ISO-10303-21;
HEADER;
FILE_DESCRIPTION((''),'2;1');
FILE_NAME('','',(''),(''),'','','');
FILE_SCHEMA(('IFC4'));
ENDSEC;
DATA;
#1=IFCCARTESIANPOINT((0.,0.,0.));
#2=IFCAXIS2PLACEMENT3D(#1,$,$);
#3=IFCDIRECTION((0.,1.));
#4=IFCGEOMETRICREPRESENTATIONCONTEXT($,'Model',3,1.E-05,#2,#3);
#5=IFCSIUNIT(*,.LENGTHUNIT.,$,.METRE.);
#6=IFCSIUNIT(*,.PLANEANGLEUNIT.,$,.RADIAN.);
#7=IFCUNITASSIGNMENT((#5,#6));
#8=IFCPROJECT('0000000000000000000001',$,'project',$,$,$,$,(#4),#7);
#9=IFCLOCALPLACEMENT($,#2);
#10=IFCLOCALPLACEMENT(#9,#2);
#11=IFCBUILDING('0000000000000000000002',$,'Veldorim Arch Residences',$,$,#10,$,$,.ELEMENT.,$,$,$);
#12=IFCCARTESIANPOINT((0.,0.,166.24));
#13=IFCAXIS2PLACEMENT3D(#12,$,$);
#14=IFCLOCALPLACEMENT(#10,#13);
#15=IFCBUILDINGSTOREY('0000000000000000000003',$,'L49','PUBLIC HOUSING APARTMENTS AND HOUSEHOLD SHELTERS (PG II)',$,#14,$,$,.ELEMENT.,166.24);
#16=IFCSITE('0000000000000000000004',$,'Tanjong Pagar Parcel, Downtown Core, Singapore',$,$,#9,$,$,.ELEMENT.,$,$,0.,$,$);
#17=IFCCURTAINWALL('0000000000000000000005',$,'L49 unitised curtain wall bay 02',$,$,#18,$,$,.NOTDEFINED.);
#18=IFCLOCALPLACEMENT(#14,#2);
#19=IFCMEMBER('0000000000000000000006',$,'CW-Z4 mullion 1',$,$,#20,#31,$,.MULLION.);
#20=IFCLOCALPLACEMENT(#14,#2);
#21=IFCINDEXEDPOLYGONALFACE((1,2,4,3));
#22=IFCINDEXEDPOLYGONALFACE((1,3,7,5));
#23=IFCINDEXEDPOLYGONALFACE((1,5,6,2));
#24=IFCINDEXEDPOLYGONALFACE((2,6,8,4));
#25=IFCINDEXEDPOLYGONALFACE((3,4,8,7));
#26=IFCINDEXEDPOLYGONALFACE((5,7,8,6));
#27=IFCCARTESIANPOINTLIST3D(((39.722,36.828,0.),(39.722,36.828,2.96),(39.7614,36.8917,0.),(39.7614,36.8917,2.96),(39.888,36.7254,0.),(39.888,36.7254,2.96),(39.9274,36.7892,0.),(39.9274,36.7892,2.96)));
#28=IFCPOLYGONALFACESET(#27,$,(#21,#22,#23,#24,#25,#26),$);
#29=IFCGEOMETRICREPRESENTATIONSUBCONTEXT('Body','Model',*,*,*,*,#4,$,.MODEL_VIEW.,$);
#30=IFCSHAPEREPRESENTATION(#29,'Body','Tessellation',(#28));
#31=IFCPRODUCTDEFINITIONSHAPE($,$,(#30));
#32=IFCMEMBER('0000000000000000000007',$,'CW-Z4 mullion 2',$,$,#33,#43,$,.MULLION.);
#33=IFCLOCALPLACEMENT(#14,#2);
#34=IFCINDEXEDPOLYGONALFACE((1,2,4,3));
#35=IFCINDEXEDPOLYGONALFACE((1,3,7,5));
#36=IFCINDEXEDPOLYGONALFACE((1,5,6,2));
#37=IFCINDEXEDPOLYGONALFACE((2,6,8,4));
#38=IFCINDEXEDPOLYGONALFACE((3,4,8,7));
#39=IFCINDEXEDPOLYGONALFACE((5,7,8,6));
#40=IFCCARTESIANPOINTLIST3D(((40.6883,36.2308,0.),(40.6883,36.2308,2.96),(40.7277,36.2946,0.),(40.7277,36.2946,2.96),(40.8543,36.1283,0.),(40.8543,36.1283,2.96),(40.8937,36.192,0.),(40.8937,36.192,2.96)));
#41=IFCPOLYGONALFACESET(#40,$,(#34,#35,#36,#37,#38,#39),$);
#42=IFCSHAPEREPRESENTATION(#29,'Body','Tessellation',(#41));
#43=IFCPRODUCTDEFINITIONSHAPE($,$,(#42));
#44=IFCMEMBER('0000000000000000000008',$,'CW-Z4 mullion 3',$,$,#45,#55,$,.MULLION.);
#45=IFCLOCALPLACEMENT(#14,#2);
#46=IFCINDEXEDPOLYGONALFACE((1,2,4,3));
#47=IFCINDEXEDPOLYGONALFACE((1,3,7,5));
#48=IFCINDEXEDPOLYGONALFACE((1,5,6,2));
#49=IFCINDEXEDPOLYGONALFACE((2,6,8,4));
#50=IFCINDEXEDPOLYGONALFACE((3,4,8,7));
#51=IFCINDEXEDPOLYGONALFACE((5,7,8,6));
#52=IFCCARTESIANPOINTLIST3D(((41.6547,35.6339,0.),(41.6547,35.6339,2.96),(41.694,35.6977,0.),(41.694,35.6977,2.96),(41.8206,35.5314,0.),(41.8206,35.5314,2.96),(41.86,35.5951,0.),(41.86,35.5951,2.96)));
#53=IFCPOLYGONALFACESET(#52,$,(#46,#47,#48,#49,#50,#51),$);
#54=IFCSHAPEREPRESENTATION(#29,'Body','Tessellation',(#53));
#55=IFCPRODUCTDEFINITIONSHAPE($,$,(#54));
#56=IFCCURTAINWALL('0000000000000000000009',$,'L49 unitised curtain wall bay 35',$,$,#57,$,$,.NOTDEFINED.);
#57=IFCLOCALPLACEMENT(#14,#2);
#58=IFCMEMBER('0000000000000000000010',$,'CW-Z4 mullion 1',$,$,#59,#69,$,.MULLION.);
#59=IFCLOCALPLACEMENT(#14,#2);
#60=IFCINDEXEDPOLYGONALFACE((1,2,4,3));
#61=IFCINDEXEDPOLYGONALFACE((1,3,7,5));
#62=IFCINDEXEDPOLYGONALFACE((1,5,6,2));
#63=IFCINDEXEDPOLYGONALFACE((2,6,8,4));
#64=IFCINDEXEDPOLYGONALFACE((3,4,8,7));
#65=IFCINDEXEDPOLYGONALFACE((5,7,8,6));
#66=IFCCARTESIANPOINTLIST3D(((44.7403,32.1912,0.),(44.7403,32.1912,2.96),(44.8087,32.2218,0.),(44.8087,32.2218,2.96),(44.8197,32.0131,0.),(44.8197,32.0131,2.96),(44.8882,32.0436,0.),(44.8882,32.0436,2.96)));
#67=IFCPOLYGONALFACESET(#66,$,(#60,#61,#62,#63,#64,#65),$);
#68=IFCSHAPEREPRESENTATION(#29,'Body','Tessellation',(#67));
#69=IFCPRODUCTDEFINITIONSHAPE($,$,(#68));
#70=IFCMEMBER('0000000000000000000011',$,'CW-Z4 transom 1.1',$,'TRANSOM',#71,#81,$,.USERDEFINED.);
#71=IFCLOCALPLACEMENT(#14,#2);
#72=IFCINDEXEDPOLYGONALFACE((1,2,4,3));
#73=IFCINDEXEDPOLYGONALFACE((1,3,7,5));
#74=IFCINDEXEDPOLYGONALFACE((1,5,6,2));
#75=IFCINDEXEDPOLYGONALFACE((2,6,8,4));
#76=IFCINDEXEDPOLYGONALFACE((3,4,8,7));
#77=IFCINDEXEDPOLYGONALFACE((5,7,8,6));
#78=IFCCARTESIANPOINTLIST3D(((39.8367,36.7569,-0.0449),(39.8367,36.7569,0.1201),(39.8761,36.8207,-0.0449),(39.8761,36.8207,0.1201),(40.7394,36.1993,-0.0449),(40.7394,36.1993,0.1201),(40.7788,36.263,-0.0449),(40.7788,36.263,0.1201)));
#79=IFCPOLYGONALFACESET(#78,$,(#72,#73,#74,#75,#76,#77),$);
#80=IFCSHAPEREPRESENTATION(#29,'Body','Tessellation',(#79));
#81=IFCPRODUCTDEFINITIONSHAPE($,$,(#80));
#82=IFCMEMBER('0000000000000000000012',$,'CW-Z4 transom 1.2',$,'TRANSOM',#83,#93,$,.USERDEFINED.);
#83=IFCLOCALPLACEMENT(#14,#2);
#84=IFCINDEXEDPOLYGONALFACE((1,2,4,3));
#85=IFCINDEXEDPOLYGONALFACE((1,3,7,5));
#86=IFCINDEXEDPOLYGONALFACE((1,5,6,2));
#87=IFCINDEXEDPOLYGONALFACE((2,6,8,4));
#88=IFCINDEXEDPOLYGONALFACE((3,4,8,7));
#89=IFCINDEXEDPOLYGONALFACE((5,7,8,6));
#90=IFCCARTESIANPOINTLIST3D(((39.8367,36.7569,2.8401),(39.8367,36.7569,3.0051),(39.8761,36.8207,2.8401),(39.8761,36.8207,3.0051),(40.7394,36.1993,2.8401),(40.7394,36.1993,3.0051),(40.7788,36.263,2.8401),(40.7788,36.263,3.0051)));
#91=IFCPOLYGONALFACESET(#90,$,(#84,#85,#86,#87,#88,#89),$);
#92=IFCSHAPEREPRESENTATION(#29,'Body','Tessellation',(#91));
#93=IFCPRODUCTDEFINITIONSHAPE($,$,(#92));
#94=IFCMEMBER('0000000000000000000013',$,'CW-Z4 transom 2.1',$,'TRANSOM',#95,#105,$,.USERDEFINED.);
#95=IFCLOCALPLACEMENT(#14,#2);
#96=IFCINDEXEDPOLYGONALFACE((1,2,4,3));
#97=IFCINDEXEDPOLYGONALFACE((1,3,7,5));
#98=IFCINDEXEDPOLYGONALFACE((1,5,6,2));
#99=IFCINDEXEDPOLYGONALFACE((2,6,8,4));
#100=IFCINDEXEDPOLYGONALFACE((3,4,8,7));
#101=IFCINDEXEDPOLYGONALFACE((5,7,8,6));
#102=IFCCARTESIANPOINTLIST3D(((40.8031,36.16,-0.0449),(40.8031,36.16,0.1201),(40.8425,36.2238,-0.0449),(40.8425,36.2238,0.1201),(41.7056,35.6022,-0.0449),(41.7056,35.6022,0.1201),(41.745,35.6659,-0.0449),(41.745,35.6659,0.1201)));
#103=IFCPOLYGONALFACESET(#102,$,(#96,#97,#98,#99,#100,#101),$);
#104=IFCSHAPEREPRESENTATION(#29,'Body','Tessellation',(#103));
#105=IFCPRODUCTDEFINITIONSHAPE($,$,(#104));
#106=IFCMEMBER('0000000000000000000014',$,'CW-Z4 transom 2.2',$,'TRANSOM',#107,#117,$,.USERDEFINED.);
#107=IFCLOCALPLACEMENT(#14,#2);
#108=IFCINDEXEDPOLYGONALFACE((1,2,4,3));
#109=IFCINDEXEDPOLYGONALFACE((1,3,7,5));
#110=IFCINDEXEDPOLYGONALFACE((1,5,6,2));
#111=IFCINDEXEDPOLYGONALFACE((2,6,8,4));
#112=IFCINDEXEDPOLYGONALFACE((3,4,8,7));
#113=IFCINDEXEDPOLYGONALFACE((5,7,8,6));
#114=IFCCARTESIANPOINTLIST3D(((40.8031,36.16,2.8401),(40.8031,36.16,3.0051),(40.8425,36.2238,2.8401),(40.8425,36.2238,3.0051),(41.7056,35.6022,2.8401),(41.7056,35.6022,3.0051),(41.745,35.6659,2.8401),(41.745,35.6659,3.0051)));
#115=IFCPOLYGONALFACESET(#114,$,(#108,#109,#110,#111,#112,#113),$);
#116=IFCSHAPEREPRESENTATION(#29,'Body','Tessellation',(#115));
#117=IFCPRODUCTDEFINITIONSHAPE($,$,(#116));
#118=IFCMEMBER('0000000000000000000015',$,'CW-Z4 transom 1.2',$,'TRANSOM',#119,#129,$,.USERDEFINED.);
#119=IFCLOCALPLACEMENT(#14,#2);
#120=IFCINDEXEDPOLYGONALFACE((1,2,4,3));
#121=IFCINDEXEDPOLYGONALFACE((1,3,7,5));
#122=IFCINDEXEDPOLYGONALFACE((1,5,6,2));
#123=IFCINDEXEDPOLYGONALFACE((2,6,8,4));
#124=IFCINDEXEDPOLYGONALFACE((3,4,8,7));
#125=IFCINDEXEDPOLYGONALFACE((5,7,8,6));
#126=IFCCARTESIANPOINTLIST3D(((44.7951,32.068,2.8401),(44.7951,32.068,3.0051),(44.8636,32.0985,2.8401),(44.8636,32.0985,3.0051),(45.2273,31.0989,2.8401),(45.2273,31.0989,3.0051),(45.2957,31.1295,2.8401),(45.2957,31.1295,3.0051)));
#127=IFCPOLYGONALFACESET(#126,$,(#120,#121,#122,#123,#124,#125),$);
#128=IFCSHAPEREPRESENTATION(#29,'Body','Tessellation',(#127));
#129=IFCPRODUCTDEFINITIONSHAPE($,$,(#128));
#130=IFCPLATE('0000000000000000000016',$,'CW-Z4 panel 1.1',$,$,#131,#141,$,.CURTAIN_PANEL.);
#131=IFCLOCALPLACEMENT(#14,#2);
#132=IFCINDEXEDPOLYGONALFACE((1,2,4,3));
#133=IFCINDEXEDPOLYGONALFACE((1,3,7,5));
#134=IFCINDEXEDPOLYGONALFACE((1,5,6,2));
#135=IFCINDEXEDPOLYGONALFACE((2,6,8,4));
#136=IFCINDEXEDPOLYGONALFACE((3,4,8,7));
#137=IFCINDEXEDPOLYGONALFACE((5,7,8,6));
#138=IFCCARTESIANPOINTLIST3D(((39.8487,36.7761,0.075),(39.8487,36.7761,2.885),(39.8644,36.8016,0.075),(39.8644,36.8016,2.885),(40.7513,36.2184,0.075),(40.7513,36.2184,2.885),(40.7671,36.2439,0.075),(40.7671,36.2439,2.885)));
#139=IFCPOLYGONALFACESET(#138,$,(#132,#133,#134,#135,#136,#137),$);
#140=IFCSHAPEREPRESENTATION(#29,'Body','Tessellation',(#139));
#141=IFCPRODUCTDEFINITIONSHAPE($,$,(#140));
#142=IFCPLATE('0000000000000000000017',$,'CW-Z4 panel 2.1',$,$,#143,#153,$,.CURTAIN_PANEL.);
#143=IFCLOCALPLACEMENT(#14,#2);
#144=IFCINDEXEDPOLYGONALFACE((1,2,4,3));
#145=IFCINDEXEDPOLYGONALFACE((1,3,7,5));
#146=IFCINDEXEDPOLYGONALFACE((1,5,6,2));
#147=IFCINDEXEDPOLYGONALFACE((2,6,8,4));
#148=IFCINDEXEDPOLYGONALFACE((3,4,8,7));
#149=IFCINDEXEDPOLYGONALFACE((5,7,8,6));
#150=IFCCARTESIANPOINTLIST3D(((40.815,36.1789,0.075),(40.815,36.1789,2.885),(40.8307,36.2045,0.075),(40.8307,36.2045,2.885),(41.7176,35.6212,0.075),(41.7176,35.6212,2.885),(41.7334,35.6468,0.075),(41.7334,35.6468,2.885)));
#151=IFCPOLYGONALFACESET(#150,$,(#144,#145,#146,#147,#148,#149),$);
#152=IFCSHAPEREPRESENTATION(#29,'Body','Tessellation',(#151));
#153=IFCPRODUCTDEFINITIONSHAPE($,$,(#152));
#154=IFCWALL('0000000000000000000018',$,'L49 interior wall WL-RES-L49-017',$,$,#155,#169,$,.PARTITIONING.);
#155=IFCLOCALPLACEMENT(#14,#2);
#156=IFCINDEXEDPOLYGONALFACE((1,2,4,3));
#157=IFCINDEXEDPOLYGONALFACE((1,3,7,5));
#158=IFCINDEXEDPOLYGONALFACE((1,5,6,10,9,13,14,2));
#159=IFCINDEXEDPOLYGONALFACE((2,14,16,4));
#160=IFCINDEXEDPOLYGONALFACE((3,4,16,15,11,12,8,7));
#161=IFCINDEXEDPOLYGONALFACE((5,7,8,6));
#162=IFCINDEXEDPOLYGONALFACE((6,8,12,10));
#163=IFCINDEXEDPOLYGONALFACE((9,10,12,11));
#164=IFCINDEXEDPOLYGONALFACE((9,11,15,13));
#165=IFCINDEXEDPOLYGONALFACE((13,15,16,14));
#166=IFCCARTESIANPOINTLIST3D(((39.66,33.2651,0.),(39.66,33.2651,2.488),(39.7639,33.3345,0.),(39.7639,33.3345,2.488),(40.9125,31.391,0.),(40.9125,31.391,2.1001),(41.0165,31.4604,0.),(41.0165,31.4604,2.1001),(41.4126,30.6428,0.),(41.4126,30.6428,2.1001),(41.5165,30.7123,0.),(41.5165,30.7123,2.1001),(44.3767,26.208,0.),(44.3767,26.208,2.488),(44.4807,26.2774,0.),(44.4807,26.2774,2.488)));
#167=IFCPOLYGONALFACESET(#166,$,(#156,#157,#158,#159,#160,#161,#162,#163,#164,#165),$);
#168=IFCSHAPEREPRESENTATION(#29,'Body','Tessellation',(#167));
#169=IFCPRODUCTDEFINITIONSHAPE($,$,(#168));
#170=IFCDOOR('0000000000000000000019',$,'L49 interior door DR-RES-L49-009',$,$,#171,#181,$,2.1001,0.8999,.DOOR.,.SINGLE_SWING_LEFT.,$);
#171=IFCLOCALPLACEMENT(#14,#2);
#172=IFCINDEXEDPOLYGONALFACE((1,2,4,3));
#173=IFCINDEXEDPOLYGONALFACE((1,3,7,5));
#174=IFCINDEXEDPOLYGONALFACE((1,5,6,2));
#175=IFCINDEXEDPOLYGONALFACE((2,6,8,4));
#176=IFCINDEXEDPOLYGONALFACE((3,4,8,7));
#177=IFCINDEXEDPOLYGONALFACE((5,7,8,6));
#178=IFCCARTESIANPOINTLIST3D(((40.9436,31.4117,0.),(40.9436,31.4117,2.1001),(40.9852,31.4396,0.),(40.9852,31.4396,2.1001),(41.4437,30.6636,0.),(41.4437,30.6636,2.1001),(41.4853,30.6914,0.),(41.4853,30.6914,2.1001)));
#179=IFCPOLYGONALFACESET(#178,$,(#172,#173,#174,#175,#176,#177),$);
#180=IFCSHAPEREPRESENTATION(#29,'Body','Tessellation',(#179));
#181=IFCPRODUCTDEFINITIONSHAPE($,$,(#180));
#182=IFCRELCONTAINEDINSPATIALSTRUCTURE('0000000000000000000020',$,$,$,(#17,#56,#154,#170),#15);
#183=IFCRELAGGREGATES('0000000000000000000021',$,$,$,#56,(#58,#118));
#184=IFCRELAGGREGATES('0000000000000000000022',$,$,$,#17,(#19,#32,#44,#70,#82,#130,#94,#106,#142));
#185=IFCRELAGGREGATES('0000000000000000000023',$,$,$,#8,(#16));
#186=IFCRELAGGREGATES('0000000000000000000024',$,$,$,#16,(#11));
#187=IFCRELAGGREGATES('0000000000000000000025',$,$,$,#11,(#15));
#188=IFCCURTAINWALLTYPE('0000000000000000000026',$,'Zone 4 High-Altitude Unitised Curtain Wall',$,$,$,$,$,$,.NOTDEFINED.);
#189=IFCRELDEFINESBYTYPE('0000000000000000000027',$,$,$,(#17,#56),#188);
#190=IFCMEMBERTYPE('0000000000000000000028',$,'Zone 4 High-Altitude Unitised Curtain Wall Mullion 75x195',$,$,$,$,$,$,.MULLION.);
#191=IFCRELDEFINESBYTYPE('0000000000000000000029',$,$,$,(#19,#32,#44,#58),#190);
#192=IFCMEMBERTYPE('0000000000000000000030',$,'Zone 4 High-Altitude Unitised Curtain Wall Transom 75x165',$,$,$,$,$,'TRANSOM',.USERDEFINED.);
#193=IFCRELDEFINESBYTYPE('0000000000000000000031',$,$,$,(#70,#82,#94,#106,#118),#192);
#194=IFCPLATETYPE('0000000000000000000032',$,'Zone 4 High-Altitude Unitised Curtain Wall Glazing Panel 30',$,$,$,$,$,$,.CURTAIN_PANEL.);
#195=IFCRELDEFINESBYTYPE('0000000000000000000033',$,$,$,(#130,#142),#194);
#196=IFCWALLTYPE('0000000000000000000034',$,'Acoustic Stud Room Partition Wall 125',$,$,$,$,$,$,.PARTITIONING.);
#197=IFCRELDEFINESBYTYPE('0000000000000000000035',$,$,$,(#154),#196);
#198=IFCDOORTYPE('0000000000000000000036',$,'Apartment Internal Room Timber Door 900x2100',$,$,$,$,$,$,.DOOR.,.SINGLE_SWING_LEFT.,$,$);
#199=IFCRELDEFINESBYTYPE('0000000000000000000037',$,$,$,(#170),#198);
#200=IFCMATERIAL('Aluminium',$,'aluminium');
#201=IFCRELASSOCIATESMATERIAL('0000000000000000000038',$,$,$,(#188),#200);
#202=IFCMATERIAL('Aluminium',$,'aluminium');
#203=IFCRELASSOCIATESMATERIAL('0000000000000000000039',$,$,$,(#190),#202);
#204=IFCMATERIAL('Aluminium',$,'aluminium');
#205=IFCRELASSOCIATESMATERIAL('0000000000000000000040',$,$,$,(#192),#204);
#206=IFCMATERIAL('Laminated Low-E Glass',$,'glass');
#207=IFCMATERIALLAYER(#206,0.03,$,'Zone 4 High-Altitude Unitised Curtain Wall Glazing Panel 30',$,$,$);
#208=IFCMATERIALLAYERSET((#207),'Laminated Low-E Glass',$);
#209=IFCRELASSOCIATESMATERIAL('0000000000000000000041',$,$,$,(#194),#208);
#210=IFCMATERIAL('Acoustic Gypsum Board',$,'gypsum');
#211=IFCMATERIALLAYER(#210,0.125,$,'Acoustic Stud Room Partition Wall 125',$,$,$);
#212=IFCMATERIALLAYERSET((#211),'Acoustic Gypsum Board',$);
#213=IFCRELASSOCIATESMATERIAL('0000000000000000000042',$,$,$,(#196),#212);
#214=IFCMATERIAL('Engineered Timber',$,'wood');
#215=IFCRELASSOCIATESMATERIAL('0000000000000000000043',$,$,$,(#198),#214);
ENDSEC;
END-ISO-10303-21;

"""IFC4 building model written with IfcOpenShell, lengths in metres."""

from ifc_helpers import new_model, si_unit, direction, frame, frame_2d, origin, origin_2d, place, context, subcontext, project, spatial, rectangle, extrude, material, layer, layer_set, material_profile, profile_set, type_object, element, fill, aggregate, save


model = new_model("IFC4")

# Units and contexts
model_context = context("Model", 3, precision=1e-05, world=origin(), true_north=direction((0.0, 1.0)))
body_context = subcontext(model_context, "Body", "Model", "MODEL_VIEW")
ifc_project = project(units=[si_unit("LENGTHUNIT", "METRE"), si_unit("PLANEANGLEUNIT", "RADIAN")], contexts=[model_context])

# Site, building, storey
site_placement = place(None, origin())
site = spatial("IfcSite", under=ifc_project, at=site_placement, Name="Tanjong Pagar Parcel, Downtown Core, Singapore", CompositionType="ELEMENT", RefElevation=0.0)
building_placement = place(site_placement, origin())
building = spatial("IfcBuilding", under=site, at=building_placement, Name="Veldorim Arch Residences", CompositionType="ELEMENT")
storey_placement = place(building_placement, frame((0.0, 0.0, 166.24)))
storey = spatial("IfcBuildingStorey", under=building, at=storey_placement, Name="L49", Description="PUBLIC HOUSING APARTMENTS AND HOUSEHOLD SHELTERS (PG II)", CompositionType="ELEMENT", Elevation=166.24)

# Curtain wall, members
ifc_material_1 = material(Name="Aluminium", Category="aluminium")
curtain_wall_type = type_object("IfcCurtainWallType", Name="Zone 4 High-Altitude Unitised Curtain Wall", PredefinedType="NOTDEFINED", material=ifc_material_1)
curtain_wall_1_placement = place(storey_placement, origin())
curtain_wall_1 = element("IfcCurtainWall", 1, at=curtain_wall_1_placement, inside=storey, type_object=curtain_wall_type, Name="L49 unitised curtain wall bay 02", PredefinedType="NOTDEFINED")
ifc_material_2 = material(Name="Aluminium", Category="aluminium")
ifc_material_profile_1 = material_profile(ifc_material_2, rectangle(XDim=0.075, YDim=0.1951, at=origin_2d()), Name="ALU_MUL_75x195")
ifc_profile_set_1 = profile_set([ifc_material_profile_1], Name="Aluminium")
member_type_1 = type_object("IfcMemberType", Name="Zone 4 High-Altitude Unitised Curtain Wall Mullion 75x195", PredefinedType="MULLION", material=ifc_profile_set_1)
member_1_placement = place(storey_placement, frame((39.8247, 36.8086, 0.0), z_axis=(0.0, 0.0, 1.0), x_axis=(0.525637, 0.850709, 0.0)))
member_1 = element("IfcMember", 2, at=member_1_placement, type_object=member_type_1, Name="CW-Z4 mullion 1", PredefinedType="MULLION", context=body_context, shape_type="SweptSolid", body=[
    extrude(rectangle(XDim=0.075, YDim=0.1951, at=origin_2d()), origin(), (0.0, 0.0, 1.0), 2.96),
])
member_2_placement = place(storey_placement, frame((40.791, 36.2114, 0.0), z_axis=(0.0, 0.0, 1.0), x_axis=(0.525637, 0.850709, 0.0)))
member_2 = element("IfcMember", 3, at=member_2_placement, type_object=member_type_1, Name="CW-Z4 mullion 2", PredefinedType="MULLION", context=body_context, shape_type="SweptSolid", body=[
    extrude(rectangle(XDim=0.075, YDim=0.1951, at=origin_2d()), origin(), (0.0, 0.0, 1.0), 2.96),
])
member_3_placement = place(storey_placement, frame((41.7573, 35.6145, 0.0), z_axis=(0.0, 0.0, 1.0), x_axis=(0.525637, 0.850709, 0.0)))
member_3 = element("IfcMember", 4, at=member_3_placement, type_object=member_type_1, Name="CW-Z4 mullion 3", PredefinedType="MULLION", context=body_context, shape_type="SweptSolid", body=[
    extrude(rectangle(XDim=0.075, YDim=0.1951, at=origin_2d()), origin(), (0.0, 0.0, 1.0), 2.96),
])

# Curtain wall, member
curtain_wall_2_placement = place(storey_placement, origin())
curtain_wall_2 = element("IfcCurtainWall", 5, at=curtain_wall_2_placement, inside=storey, type_object=curtain_wall_type, Name="L49 unitised curtain wall bay 35", PredefinedType="NOTDEFINED")
member_4_placement = place(storey_placement, frame((44.8142, 32.1174, 0.0), z_axis=(0.0, 0.0, 1.0), x_axis=(0.913308, 0.407269, 0.0)))
member_4 = element("IfcMember", 6, at=member_4_placement, type_object=member_type_1, Name="CW-Z4 mullion 1", PredefinedType="MULLION", context=body_context, shape_type="SweptSolid", body=[
    extrude(rectangle(XDim=0.075, YDim=0.1951, at=origin_2d()), origin(), (0.0, 0.0, 1.0), 2.96),
])

# Members
ifc_material_3 = material(Name="Aluminium", Category="aluminium")
ifc_material_profile_2 = material_profile(ifc_material_3, rectangle(XDim=0.075, YDim=0.165, at=origin_2d()), Name="ALU_TRN_75x165")
ifc_profile_set_2 = profile_set([ifc_material_profile_2], Name="Aluminium")
member_type_2 = type_object("IfcMemberType", Name="Zone 4 High-Altitude Unitised Curtain Wall Transom 75x165", ElementType="TRANSOM", PredefinedType="USERDEFINED", material=ifc_profile_set_2)
member_5_placement = place(storey_placement, frame((39.8564, 36.7888, 0.0376), z_axis=(0.85074, -0.525586, 0.0), x_axis=(0.525586, 0.85074, 0.0)))
member_5 = element("IfcMember", 7, at=member_5_placement, type_object=member_type_2, Name="CW-Z4 transom 1.1", ObjectType="TRANSOM", PredefinedType="USERDEFINED", context=body_context, shape_type="SweptSolid", body=[
    extrude(rectangle(XDim=0.075, YDim=0.165, at=origin_2d()), origin(), (0.0, 0.0, 1.0), 1.061),
])
member_6_placement = place(storey_placement, frame((39.8564, 36.7888, 2.9226), z_axis=(0.85074, -0.525586, 0.0), x_axis=(0.525586, 0.85074, 0.0)))
member_6 = element("IfcMember", 8, at=member_6_placement, type_object=member_type_2, Name="CW-Z4 transom 1.2", ObjectType="TRANSOM", PredefinedType="USERDEFINED", context=body_context, shape_type="SweptSolid", body=[
    extrude(rectangle(XDim=0.075, YDim=0.165, at=origin_2d()), origin(), (0.0, 0.0, 1.0), 1.061),
])
member_7_placement = place(storey_placement, frame((40.8228, 36.1919, 0.0376), z_axis=(0.850638, -0.525752, 0.0), x_axis=(0.525752, 0.850638, 0.0)))
member_7 = element("IfcMember", 9, at=member_7_placement, type_object=member_type_2, Name="CW-Z4 transom 2.1", ObjectType="TRANSOM", PredefinedType="USERDEFINED", context=body_context, shape_type="SweptSolid", body=[
    extrude(rectangle(XDim=0.075, YDim=0.165, at=origin_2d()), origin(), (0.0, 0.0, 1.0), 1.061),
])
member_8_placement = place(storey_placement, frame((40.8228, 36.1919, 2.9226), z_axis=(0.850638, -0.525752, 0.0), x_axis=(0.525752, 0.850638, 0.0)))
member_8 = element("IfcMember", 10, at=member_8_placement, type_object=member_type_2, Name="CW-Z4 transom 2.2", ObjectType="TRANSOM", PredefinedType="USERDEFINED", context=body_context, shape_type="SweptSolid", body=[
    extrude(rectangle(XDim=0.075, YDim=0.165, at=origin_2d()), origin(), (0.0, 0.0, 1.0), 1.061),
])
member_9_placement = place(storey_placement, frame((44.8293, 32.0833, 2.9226), z_axis=(0.407291, -0.913298, 0.0), x_axis=(0.913298, 0.407291, 0.0)))
member_9 = element("IfcMember", 11, at=member_9_placement, type_object=member_type_2, Name="CW-Z4 transom 1.2", ObjectType="TRANSOM", PredefinedType="USERDEFINED", context=body_context, shape_type="SweptSolid", body=[
    extrude(rectangle(XDim=0.075, YDim=0.165, at=origin_2d()), origin(), (0.0, 0.0, 1.0), 1.061),
])
aggregate(curtain_wall_2, [member_4, member_9])

# Plates
ifc_material_4 = material(Name="Laminated Low-E Glass", Category="glass")
ifc_layer_1 = layer(ifc_material_4, 0.03, Name="Zone 4 High-Altitude Unitised Curtain Wall Glazing Panel 30")
ifc_layer_set_1 = layer_set([ifc_layer_1], Name="Laminated Low-E Glass")
plate_type = type_object("IfcPlateType", Name="Zone 4 High-Altitude Unitised Curtain Wall Glazing Panel 30", PredefinedType="CURTAIN_PANEL", material=ifc_layer_set_1)
plate_1_placement = place(storey_placement, frame((40.3079, 36.51, 0.075), z_axis=(0.0, 0.0, 1.0), x_axis=(0.850709, -0.525637, 0.0)))
plate_1 = element("IfcPlate", 12, at=plate_1_placement, type_object=plate_type, Name="CW-Z4 panel 1.1", PredefinedType="CURTAIN_PANEL", context=body_context, shape_type="SweptSolid", body=[
    extrude(rectangle(XDim=1.061, YDim=0.03, at=origin_2d()), origin(), (0.0, 0.0, 1.0), 2.8101),
])
plate_2_placement = place(storey_placement, frame((41.2742, 35.9128, 0.075), z_axis=(0.0, 0.0, 1.0), x_axis=(0.850709, -0.525637, 0.0)))
plate_2 = element("IfcPlate", 13, at=plate_2_placement, type_object=plate_type, Name="CW-Z4 panel 2.1", PredefinedType="CURTAIN_PANEL", context=body_context, shape_type="SweptSolid", body=[
    extrude(rectangle(XDim=1.061, YDim=0.03, at=origin_2d()), origin(), (0.0, 0.0, 1.0), 2.8101),
])
aggregate(curtain_wall_1, [member_1, member_2, member_3, member_5, member_6, plate_1, member_7, member_8, plate_2])

# Wall, opening, door
ifc_material_5 = material(Name="Acoustic Gypsum Board", Category="gypsum")
ifc_layer_2 = layer(ifc_material_5, 0.125, Name="Acoustic Stud Room Partition Wall 125")
ifc_layer_set_2 = layer_set([ifc_layer_2], Name="Acoustic Gypsum Board")
wall_type_1 = type_object("IfcWallType", Name="Acoustic Stud Room Partition Wall 125", PredefinedType="PARTITIONING", material=ifc_layer_set_2)
wall_1_placement = place(storey_placement, frame((39.7119, 33.2998, 0.0), z_axis=(0.0, 0.0, 1.0), x_axis=(0.555682, -0.831395, 0.0)))
wall_1 = element("IfcWall", 14, at=wall_1_placement, inside=storey, type_object=wall_type_1, Name="L49 interior wall WL-RES-L49-017", PredefinedType="PARTITIONING", context=body_context, shape_type="SweptSolid", body=[
    extrude(rectangle(XDim=8.4883, YDim=0.125, at=frame_2d((4.2441, 0.0))), origin(), (0.0, 0.0, 1.0), 2.488),
])
opening_1_placement = place(wall_1_placement, frame((2.2542, 0.0, 0.0)))
opening_1 = element("IfcOpeningElement", 15, at=opening_1_placement, cuts=wall_1, PredefinedType="OPENING", context=body_context, shape_type="SweptSolid", body=[
    extrude(rectangle(XDim=0.8999, YDim=2.1001, at=frame_2d((0.45, 1.05))), frame((0.0, 0.0725, 0.0), z_axis=(0.0, -1.0, 0.0), x_axis=(1.0, 0.0, 0.0)), (0.0, 0.0, 1.0), 0.145),
])
ifc_material_6 = material(Name="Engineered Timber", Category="wood")
door_type = type_object("IfcDoorType", Name="Apartment Internal Room Timber Door 900x2100", OperationType="SINGLE_SWING_LEFT", PredefinedType="DOOR", material=ifc_material_6)
door_placement = place(opening_1_placement, origin())
door = element("IfcDoor", 16, at=door_placement, inside=storey, type_object=door_type, Name="L49 interior door DR-RES-L49-009", OperationType="SINGLE_SWING_LEFT", OverallHeight=2.1001, OverallWidth=0.8999, PredefinedType="DOOR", context=body_context, shape_type="SweptSolid", body=[
    extrude(rectangle(XDim=0.8999, YDim=2.1001, at=frame_2d((0.45, 1.05))), frame((0.0, 0.0249, 0.0), z_axis=(0.0, -1.0, 0.0), x_axis=(1.0, 0.0, 0.0)), (0.0, 0.0, 1.0), 0.05),
])
fill(opening_1, door)

save(model, "model.ifc")
